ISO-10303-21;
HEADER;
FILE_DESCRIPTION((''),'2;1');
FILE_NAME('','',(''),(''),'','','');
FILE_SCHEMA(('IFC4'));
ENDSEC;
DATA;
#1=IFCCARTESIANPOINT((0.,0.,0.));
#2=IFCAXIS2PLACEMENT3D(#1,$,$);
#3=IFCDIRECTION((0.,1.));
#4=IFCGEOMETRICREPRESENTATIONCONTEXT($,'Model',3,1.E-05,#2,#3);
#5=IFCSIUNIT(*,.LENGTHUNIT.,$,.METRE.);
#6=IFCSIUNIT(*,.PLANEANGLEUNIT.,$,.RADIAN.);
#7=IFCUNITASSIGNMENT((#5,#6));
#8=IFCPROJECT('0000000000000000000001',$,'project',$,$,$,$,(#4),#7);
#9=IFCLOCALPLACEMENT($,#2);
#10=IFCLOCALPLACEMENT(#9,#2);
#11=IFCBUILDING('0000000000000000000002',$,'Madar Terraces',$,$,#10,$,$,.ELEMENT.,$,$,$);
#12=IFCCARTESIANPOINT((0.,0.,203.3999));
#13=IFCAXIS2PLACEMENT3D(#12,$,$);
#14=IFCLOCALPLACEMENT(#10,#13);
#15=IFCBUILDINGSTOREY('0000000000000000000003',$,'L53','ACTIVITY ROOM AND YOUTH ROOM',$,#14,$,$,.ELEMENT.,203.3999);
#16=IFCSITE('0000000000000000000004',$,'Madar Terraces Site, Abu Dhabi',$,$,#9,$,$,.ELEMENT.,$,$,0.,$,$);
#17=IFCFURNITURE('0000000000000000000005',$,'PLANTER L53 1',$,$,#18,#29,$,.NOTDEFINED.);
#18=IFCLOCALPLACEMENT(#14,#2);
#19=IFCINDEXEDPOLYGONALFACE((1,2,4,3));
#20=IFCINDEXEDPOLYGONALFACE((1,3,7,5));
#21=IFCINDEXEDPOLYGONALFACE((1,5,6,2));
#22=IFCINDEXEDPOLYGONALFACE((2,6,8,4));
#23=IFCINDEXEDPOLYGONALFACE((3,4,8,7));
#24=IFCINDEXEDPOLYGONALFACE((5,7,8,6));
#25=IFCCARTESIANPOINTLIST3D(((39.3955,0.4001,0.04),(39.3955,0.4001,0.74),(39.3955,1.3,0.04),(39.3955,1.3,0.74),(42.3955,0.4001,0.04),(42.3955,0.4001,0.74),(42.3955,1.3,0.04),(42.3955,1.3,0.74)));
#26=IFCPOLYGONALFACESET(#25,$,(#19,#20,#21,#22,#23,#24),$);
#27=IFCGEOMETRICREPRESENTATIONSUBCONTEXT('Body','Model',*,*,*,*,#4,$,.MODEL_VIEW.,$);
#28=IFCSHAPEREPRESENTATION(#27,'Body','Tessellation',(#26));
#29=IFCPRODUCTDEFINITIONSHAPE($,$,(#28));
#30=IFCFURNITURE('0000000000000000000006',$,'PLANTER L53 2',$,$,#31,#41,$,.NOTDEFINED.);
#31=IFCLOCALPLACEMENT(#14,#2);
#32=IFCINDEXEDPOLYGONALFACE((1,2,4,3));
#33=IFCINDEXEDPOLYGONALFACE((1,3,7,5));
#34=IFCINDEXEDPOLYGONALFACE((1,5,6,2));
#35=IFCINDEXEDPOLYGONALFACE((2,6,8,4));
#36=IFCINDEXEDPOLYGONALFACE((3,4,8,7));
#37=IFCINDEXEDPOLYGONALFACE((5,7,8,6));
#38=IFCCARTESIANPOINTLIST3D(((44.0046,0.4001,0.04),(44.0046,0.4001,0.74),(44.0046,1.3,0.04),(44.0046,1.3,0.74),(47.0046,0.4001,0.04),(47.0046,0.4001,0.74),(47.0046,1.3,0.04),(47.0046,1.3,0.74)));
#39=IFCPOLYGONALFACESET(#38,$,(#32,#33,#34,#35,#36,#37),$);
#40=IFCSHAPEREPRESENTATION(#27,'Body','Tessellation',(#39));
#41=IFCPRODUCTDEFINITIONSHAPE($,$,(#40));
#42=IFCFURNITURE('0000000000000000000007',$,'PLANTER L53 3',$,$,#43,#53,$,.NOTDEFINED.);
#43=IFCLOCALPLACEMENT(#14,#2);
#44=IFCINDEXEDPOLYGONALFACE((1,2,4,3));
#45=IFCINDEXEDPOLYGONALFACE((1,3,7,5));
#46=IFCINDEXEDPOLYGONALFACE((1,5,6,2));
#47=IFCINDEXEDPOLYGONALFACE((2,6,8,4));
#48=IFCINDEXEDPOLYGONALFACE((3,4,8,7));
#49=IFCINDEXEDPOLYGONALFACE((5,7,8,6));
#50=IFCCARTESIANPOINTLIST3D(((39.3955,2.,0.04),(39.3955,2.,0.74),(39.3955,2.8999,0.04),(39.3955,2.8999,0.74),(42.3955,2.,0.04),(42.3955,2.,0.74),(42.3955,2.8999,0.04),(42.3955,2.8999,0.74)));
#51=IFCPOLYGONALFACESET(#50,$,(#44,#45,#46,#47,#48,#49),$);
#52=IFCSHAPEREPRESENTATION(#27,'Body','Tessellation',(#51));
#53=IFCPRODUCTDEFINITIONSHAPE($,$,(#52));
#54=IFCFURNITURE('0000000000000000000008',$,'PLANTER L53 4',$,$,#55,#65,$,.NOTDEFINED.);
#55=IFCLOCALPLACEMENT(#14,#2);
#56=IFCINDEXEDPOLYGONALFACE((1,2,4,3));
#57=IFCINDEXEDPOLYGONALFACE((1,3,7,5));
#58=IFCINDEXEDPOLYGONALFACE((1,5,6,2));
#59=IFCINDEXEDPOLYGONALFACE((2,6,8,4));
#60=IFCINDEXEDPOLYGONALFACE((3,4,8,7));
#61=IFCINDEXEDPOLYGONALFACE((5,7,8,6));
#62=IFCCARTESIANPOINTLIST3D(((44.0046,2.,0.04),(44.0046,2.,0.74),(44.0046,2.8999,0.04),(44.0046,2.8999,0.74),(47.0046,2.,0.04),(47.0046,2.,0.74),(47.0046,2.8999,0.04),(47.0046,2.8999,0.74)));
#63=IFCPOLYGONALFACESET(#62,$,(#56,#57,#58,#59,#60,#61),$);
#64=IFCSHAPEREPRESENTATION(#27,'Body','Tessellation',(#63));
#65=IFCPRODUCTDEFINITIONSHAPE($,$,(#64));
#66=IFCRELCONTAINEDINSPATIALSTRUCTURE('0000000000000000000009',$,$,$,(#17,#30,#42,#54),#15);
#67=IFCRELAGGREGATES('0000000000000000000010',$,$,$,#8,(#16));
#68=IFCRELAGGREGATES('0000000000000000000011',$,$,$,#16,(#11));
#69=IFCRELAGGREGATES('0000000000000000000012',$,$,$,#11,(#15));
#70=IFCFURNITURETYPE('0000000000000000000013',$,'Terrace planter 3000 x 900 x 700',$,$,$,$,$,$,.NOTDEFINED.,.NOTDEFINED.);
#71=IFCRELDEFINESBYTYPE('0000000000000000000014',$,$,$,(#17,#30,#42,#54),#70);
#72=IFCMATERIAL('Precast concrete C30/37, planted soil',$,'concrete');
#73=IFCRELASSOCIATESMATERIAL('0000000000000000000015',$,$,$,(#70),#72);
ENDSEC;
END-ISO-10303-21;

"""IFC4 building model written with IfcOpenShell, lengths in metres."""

from ifc_helpers import new_model, si_unit, direction, frame, origin, origin_2d, place, context, subcontext, project, spatial, rectangle, extrude, material, type_object, element, save


model = new_model("IFC4")

# Units and contexts
model_context = context("Model", 3, precision=1e-05, world=origin(), true_north=direction((0.0, 1.0)))
body_context = subcontext(model_context, "Body", "Model", "MODEL_VIEW")
ifc_project = project(units=[si_unit("LENGTHUNIT", "METRE"), si_unit("PLANEANGLEUNIT", "RADIAN")], contexts=[model_context])

# Site, building, storey
site_placement = place(None, origin())
site = spatial("IfcSite", under=ifc_project, at=site_placement, Name="Madar Terraces Site, Abu Dhabi", CompositionType="ELEMENT", RefElevation=0.0)
building_placement = place(site_placement, origin())
building = spatial("IfcBuilding", under=site, at=building_placement, Name="Madar Terraces", CompositionType="ELEMENT")
storey_placement = place(building_placement, frame((0.0, 0.0, 203.3999)))
storey = spatial("IfcBuildingStorey", under=building, at=storey_placement, Name="L53", Description="ACTIVITY ROOM AND YOUTH ROOM", CompositionType="ELEMENT", Elevation=203.3999)

# Furniture
ifc_material_1 = material(Name="Precast concrete C30/37, planted soil", Category="concrete")
furniture_type = type_object("IfcFurnitureType", Name="Terrace planter 3000 x 900 x 700", AssemblyPlace="NOTDEFINED", PredefinedType="NOTDEFINED", material=ifc_material_1)
for number, where, z_axis, x_axis, name in (
    (1, (40.8955, 0.8501, 0.04), (0.0, 0.0, 1.0), (1.0, 0.0, 0.0), "PLANTER L53 1"),
    (2, (45.5046, 0.8501, 0.04), (0.0, 0.0, 1.0), (1.0, 0.0, 0.0), "PLANTER L53 2"),
    (3, (40.8955, 2.45, 0.04), (0.0, 0.0, 1.0), (1.0, 0.0, 0.0), "PLANTER L53 3"),
    (4, (45.5046, 2.45, 0.04), (0.0, 0.0, 1.0), (1.0, 0.0, 0.0), "PLANTER L53 4"),
):
    element("IfcFurniture", number, at=place(storey_placement, frame(where, z_axis=z_axis, x_axis=x_axis)), inside=storey, type_object=furniture_type, Name=name, PredefinedType="NOTDEFINED", context=body_context, shape_type="SweptSolid", body=[
        extrude(rectangle(XDim=3.0, YDim=0.8999, at=origin_2d()), origin(), (0.0, 0.0, 1.0), 0.7),
    ])

save(model, "model.ifc")
